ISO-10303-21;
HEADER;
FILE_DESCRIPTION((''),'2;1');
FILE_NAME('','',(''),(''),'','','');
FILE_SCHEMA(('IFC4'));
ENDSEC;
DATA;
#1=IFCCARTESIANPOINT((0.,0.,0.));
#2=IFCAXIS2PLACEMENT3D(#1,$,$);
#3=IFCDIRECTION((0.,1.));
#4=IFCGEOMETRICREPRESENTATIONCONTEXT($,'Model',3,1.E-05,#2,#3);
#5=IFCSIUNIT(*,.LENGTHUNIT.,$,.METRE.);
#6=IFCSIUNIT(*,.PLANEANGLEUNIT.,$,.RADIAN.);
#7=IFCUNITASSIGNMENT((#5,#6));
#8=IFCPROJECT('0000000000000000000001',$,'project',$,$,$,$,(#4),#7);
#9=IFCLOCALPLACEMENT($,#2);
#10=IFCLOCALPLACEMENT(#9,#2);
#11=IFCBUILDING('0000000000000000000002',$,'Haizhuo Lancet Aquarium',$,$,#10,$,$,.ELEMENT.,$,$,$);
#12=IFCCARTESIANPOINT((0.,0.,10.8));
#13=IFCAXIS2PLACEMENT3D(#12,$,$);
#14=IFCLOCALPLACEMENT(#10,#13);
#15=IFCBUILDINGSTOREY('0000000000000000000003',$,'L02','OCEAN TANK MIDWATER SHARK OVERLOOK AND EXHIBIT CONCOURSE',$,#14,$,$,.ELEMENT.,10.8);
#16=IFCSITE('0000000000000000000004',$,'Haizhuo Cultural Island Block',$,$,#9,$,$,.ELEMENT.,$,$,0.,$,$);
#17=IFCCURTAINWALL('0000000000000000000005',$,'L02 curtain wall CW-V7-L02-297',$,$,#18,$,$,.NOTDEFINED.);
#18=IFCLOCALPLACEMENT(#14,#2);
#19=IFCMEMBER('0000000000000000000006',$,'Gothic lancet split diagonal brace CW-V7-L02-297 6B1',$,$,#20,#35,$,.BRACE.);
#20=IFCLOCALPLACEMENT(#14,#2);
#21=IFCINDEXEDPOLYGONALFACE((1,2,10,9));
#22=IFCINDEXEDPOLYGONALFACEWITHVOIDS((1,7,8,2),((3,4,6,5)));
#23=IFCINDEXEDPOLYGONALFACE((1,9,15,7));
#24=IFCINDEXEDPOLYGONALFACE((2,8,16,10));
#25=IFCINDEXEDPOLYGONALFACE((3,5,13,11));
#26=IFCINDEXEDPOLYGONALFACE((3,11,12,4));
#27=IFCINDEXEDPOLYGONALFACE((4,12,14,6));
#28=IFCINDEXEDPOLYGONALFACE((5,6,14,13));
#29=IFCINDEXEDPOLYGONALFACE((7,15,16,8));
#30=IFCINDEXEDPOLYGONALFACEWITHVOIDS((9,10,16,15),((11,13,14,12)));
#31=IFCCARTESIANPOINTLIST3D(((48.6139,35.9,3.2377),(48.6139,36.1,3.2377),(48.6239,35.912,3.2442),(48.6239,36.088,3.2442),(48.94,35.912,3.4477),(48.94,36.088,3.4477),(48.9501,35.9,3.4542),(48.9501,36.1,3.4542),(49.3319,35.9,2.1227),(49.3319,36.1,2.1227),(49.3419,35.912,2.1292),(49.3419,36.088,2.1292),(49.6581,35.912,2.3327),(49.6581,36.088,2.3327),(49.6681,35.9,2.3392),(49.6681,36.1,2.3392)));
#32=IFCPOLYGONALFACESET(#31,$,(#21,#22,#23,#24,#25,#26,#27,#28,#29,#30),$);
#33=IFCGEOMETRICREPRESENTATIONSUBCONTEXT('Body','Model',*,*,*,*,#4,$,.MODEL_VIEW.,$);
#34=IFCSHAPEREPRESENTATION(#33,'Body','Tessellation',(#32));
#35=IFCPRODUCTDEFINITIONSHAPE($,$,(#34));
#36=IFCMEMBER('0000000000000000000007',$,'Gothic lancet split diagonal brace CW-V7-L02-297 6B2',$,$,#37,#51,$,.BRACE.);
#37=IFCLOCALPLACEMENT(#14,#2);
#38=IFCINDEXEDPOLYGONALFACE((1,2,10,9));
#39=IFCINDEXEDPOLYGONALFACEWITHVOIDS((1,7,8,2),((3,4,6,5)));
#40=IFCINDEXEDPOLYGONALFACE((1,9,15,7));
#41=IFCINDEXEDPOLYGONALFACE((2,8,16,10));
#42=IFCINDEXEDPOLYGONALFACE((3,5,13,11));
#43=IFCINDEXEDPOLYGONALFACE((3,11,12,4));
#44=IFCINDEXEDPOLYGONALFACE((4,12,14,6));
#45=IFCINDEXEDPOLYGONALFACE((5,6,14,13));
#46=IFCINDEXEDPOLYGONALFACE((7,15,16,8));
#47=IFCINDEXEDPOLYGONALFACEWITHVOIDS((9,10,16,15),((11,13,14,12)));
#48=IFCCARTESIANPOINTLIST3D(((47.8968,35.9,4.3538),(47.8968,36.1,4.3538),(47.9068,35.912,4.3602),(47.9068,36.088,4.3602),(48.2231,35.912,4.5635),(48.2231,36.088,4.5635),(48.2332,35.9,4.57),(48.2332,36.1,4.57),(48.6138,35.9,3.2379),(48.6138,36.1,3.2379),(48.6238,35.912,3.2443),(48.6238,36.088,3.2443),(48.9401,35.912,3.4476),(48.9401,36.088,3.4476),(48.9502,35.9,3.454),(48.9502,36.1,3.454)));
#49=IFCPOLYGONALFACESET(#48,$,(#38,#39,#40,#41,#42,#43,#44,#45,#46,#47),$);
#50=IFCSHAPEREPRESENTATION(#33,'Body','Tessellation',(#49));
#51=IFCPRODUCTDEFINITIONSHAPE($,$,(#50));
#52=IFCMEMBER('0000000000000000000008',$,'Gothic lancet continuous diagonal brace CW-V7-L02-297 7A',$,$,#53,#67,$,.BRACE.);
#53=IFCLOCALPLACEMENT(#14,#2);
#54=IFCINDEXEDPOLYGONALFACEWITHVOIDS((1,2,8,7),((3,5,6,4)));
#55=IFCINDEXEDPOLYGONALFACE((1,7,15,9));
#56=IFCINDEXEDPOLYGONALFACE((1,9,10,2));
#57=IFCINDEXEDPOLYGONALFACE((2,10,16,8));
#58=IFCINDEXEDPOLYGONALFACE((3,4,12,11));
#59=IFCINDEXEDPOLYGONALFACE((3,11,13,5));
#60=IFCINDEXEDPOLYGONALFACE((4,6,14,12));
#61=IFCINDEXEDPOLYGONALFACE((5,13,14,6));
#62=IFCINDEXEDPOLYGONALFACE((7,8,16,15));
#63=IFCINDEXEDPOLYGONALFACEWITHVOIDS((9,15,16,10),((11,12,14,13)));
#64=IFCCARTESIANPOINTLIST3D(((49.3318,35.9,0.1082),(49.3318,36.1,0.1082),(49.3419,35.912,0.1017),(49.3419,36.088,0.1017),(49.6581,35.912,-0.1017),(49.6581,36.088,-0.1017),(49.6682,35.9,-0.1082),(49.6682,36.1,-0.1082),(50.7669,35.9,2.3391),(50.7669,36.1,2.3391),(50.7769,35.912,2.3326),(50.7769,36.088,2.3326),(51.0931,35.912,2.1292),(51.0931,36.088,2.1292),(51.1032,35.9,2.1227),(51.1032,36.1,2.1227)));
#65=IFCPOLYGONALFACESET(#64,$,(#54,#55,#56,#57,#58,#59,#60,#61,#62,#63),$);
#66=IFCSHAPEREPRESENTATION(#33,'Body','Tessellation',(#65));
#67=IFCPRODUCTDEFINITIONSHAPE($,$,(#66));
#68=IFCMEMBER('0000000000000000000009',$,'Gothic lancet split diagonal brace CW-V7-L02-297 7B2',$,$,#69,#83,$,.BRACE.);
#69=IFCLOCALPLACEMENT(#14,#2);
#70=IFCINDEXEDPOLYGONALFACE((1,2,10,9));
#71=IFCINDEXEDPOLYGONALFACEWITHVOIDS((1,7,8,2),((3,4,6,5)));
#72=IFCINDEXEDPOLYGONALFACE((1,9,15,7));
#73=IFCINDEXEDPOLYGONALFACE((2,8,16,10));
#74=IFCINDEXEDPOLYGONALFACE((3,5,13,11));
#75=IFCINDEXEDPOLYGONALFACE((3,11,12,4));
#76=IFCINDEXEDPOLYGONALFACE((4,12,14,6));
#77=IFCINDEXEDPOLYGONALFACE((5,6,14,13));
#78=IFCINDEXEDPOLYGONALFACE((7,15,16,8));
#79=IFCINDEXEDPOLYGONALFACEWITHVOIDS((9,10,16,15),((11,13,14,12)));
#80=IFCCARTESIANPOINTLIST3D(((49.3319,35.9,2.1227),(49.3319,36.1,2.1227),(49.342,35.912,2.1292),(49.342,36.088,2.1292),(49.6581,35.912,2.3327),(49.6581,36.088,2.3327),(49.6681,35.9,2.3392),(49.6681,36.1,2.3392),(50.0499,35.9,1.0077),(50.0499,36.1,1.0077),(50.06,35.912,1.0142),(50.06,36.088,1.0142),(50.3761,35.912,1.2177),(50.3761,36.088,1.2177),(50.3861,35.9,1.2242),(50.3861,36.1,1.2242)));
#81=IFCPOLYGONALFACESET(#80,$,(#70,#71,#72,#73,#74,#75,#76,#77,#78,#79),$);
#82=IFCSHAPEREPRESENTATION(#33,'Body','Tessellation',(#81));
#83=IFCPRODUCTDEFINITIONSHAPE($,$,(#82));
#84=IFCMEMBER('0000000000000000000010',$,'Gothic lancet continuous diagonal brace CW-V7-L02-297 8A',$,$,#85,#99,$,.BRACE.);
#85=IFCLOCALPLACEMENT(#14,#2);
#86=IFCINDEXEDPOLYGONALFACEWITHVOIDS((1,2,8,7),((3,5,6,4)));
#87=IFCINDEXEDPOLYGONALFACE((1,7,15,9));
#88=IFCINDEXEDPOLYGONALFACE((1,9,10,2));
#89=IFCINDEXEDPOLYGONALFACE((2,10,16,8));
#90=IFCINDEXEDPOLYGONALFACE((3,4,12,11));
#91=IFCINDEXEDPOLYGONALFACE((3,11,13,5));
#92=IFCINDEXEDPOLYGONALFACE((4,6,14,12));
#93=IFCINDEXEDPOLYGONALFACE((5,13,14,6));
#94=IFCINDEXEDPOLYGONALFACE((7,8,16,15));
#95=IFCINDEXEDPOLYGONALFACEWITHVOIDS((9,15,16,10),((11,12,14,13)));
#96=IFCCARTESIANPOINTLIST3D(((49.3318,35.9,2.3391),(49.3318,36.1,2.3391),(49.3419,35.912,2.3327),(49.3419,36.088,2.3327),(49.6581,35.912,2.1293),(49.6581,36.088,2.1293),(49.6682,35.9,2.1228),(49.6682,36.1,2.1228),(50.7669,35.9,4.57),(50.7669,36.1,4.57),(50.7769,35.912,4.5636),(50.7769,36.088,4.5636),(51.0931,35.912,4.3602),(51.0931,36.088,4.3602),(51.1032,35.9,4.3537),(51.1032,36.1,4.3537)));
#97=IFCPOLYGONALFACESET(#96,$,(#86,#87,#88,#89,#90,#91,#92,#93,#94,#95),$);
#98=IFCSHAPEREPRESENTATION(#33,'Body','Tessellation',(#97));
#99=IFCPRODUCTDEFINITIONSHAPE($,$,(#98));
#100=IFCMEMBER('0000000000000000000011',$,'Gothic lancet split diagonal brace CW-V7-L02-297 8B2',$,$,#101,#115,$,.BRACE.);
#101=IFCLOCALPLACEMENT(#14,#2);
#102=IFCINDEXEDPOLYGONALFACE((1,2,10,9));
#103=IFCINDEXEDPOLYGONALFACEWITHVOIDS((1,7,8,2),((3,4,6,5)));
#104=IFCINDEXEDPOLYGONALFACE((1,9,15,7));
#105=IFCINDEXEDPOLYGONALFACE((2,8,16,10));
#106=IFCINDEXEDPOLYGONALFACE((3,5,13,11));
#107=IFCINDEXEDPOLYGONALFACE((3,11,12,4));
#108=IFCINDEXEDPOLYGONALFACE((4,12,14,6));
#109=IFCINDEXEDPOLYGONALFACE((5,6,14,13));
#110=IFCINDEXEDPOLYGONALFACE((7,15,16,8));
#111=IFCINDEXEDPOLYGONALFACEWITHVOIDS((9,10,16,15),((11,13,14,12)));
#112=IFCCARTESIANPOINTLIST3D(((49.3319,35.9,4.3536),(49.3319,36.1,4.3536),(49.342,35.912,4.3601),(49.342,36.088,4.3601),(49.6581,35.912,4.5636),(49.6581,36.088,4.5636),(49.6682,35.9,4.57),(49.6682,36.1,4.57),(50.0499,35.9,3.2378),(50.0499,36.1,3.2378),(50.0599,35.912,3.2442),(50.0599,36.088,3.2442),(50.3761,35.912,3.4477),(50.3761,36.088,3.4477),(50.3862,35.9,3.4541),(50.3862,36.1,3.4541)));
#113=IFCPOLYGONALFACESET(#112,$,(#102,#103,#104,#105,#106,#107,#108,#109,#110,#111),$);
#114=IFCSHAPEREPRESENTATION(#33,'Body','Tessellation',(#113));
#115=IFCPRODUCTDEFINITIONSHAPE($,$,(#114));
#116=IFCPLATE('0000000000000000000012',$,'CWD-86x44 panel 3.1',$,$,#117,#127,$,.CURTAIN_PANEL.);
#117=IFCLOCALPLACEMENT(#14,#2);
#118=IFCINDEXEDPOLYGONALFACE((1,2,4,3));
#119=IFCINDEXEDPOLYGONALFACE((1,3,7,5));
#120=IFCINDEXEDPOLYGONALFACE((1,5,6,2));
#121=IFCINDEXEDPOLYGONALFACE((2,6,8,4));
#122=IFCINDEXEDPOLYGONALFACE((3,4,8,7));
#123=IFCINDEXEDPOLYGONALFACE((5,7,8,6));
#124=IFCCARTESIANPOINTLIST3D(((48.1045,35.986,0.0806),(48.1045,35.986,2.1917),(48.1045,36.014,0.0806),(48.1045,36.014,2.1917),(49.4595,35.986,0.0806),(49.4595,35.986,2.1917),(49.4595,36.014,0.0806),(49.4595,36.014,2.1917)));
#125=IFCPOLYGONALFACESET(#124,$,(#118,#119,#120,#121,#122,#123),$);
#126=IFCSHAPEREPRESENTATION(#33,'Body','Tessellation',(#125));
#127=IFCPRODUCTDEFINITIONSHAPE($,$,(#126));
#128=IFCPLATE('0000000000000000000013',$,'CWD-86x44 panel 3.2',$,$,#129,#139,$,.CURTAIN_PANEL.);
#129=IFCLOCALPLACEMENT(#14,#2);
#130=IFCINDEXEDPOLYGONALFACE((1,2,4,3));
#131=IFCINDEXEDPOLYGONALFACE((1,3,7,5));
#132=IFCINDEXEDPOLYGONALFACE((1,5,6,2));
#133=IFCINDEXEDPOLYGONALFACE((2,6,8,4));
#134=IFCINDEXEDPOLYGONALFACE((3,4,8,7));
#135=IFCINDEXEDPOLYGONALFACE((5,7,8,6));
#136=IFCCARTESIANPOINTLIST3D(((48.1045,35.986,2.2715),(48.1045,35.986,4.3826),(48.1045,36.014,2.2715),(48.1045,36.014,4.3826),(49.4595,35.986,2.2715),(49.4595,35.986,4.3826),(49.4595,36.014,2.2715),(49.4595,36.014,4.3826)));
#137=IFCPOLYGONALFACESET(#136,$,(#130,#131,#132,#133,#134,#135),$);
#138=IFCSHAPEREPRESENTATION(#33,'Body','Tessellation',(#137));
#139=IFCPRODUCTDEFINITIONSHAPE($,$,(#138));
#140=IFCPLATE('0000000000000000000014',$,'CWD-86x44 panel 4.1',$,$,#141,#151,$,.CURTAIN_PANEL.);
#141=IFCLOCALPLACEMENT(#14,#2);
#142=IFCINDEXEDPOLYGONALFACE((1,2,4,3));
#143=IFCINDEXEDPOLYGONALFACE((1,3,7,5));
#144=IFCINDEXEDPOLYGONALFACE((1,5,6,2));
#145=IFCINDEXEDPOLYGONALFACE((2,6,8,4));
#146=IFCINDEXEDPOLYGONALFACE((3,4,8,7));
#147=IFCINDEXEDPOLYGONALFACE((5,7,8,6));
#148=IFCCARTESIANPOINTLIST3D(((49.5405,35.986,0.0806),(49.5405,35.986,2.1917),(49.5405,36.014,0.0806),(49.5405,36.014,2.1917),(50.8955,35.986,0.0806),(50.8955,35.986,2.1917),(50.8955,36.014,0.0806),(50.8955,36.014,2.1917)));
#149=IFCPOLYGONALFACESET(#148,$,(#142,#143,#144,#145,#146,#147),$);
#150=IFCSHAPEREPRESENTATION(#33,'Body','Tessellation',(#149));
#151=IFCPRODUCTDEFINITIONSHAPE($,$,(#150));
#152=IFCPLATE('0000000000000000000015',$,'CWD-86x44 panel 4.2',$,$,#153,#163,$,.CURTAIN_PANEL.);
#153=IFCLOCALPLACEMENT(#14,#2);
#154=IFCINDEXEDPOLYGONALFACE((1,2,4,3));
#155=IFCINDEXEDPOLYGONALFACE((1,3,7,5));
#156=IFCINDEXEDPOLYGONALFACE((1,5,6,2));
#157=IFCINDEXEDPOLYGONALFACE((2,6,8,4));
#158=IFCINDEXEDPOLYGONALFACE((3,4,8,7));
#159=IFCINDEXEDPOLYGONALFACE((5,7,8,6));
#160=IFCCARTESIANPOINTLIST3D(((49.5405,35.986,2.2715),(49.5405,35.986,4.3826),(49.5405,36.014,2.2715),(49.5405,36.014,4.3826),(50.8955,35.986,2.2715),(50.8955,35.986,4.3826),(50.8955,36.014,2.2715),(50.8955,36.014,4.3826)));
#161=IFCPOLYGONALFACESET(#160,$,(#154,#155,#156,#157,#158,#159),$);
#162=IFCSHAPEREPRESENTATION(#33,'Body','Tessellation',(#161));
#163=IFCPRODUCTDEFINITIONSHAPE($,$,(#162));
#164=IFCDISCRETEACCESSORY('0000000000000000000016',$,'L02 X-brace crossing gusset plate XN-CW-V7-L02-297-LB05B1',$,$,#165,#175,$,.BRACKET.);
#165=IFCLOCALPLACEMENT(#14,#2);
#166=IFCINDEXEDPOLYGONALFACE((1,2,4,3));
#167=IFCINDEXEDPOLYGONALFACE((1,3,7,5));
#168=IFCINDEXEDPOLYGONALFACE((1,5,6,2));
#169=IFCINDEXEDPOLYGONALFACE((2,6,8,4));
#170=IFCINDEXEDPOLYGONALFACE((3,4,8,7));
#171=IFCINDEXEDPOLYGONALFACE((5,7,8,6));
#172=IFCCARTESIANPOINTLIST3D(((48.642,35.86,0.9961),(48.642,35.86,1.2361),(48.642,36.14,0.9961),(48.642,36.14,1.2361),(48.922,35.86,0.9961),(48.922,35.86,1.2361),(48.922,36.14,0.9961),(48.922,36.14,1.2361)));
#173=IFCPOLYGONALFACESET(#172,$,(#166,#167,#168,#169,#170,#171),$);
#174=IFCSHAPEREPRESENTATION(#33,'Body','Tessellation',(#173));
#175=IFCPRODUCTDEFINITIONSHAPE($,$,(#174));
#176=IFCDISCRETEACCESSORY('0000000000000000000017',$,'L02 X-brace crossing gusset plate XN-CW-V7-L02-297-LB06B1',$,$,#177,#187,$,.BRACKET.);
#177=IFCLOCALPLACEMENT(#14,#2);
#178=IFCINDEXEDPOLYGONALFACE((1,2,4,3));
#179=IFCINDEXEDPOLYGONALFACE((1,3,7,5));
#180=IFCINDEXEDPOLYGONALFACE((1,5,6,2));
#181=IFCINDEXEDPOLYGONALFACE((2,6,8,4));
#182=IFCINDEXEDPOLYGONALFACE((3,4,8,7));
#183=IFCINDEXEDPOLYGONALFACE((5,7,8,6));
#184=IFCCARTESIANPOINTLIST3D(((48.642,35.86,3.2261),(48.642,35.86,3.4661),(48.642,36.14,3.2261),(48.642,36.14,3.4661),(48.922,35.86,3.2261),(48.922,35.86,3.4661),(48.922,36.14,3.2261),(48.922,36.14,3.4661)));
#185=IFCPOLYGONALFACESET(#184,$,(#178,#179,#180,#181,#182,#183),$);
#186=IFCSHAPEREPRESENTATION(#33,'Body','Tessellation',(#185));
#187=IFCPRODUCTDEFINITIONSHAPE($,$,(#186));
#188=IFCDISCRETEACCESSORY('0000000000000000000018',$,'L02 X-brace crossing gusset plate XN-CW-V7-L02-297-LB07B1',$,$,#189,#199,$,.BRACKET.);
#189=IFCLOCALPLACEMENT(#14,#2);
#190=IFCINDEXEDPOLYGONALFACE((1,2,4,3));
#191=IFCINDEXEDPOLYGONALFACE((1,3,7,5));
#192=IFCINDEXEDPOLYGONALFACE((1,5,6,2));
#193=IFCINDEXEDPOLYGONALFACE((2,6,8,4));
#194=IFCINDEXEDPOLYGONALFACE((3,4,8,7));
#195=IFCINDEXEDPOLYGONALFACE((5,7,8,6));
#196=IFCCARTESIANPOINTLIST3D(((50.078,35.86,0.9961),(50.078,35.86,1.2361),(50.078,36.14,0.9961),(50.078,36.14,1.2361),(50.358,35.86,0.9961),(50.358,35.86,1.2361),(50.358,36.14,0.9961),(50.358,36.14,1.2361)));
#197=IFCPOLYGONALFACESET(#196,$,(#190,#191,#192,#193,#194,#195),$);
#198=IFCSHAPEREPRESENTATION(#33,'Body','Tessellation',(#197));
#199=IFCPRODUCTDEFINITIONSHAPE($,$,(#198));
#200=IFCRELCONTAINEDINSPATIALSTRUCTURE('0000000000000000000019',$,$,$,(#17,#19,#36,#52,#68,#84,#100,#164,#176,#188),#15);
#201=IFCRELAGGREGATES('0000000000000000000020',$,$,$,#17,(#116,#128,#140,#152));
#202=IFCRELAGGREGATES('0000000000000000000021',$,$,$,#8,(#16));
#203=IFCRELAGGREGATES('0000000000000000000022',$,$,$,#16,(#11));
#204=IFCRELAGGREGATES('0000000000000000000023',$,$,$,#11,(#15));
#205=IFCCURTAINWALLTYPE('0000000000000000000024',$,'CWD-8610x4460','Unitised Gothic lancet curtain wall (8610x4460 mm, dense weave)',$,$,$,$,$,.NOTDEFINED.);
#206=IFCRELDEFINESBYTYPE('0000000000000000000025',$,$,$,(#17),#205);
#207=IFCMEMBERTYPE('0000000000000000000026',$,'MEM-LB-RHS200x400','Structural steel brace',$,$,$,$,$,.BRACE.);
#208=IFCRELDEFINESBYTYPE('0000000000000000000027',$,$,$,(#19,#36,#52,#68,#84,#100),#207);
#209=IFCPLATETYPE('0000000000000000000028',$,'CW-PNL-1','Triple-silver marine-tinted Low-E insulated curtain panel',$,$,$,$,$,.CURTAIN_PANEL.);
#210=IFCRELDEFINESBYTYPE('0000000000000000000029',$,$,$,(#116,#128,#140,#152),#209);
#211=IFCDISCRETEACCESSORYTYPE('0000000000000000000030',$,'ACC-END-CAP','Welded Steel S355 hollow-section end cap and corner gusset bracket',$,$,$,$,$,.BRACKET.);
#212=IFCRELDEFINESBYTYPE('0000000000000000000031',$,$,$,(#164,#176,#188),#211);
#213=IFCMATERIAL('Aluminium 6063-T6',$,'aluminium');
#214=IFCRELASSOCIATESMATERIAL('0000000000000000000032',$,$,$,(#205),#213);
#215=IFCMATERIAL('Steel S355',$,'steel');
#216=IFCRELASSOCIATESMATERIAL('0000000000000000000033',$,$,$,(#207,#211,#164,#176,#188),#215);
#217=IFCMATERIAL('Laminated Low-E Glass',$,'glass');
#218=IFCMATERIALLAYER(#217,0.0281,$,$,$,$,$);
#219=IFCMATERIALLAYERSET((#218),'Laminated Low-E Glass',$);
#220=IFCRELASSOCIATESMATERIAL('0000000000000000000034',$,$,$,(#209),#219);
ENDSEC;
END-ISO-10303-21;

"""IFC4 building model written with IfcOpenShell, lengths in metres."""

from ifc_helpers import new_model, si_unit, direction, frame, origin, origin_2d, place, context, subcontext, project, spatial, rectangle, hollow_rectangle, extrude, material, layer, layer_set, material_profile, profile_set, type_object, element, aggregate, save


model = new_model("IFC4")

# Units and contexts
model_context = context("Model", 3, precision=1e-05, world=origin(), true_north=direction((0.0, 1.0)))
body_context = subcontext(model_context, "Body", "Model", "MODEL_VIEW")
ifc_project = project(units=[si_unit("LENGTHUNIT", "METRE"), si_unit("PLANEANGLEUNIT", "RADIAN")], contexts=[model_context])

# Site, building, storey
site_placement = place(None, origin())
site = spatial("IfcSite", under=ifc_project, at=site_placement, Name="Haizhuo Cultural Island Block", CompositionType="ELEMENT", RefElevation=0.0)
building_placement = place(site_placement, origin())
building = spatial("IfcBuilding", under=site, at=building_placement, Name="Haizhuo Lancet Aquarium", CompositionType="ELEMENT")
storey_placement = place(building_placement, frame((0.0, 0.0, 10.8)))
storey = spatial("IfcBuildingStorey", under=building, at=storey_placement, Name="L02", Description="OCEAN TANK MIDWATER SHARK OVERLOOK AND EXHIBIT CONCOURSE", CompositionType="ELEMENT", Elevation=10.8)

# Curtain wall
ifc_material_1 = material(Name="Aluminium 6063-T6", Category="aluminium")
curtain_wall_type = type_object("IfcCurtainWallType", Name="CWD-8610x4460", Description="Unitised Gothic lancet curtain wall (8610x4460 mm, dense weave)", PredefinedType="NOTDEFINED", material=ifc_material_1)
curtain_wall_placement = place(storey_placement, origin())
curtain_wall = element("IfcCurtainWall", 1, at=curtain_wall_placement, inside=storey, type_object=curtain_wall_type, Name="L02 curtain wall CW-V7-L02-297", PredefinedType="NOTDEFINED")

# Members
ifc_material_2 = material(Name="Steel S355", Category="steel")
ifc_material_profile_1 = material_profile(ifc_material_2, hollow_rectangle(XDim=0.2, YDim=0.3999, WallThickness=0.012, at=origin_2d()), Name="RHS 200x400x12")
ifc_profile_set_1 = profile_set([ifc_material_profile_1], Name="Steel S355")
member_type_1 = type_object("IfcMemberType", Name="MEM-LB-RHS200x400", Description="Structural steel brace", PredefinedType="BRACE", material=ifc_profile_set_1)
member_1_placement = place(storey_placement, frame((49.5, 36.0, 2.231), z_axis=(-0.541418, 0.0, 0.840754), x_axis=(0.0, -1.0, 0.0)))
element("IfcMember", 2, at=member_1_placement, inside=storey, type_object=member_type_1, Name="Gothic lancet split diagonal brace CW-V7-L02-297 6B1", PredefinedType="BRACE", context=body_context, shape_type="SweptSolid", body=[
    extrude(hollow_rectangle(XDim=0.2, YDim=0.3999, WallThickness=0.012, at=origin_2d()), origin(), (0.0, 0.0, 1.0), 1.3262),
])
member_2_placement = place(storey_placement, frame((48.782, 36.0, 3.3459), z_axis=(-0.540562, 0.0, 0.841304), x_axis=(0.0, -1.0, 0.0)))
element("IfcMember", 3, at=member_2_placement, inside=storey, type_object=member_type_1, Name="Gothic lancet split diagonal brace CW-V7-L02-297 6B2", PredefinedType="BRACE", context=body_context, shape_type="SweptSolid", body=[
    extrude(hollow_rectangle(XDim=0.2, YDim=0.3999, WallThickness=0.012, at=origin_2d()), origin(), (0.0, 0.0, 1.0), 1.3264),
])
member_3_placement = place(storey_placement, frame((49.5, 36.0, 0.0), z_axis=(0.54099, 0.0, 0.841029), x_axis=(0.0, 1.0, 0.0)))
element("IfcMember", 4, at=member_3_placement, inside=storey, type_object=member_type_1, Name="Gothic lancet continuous diagonal brace CW-V7-L02-297 7A", PredefinedType="BRACE", context=body_context, shape_type="SweptSolid", body=[
    extrude(hollow_rectangle(XDim=0.2, YDim=0.3999, WallThickness=0.012, at=origin_2d()), origin(), (0.0, 0.0, 1.0), 2.6526),
])
member_4_placement = place(storey_placement, frame((50.218, 36.0, 1.116), z_axis=(-0.541418, 0.0, 0.840754), x_axis=(0.0, -1.0, 0.0)))
element("IfcMember", 5, at=member_4_placement, inside=storey, type_object=member_type_1, Name="Gothic lancet split diagonal brace CW-V7-L02-297 7B2", PredefinedType="BRACE", context=body_context, shape_type="SweptSolid", body=[
    extrude(hollow_rectangle(XDim=0.2, YDim=0.3999, WallThickness=0.012, at=origin_2d()), origin(), (0.0, 0.0, 1.0), 1.3262),
])
member_5_placement = place(storey_placement, frame((49.5, 36.0, 2.231), z_axis=(0.54099, 0.0, 0.841029), x_axis=(0.0, 1.0, 0.0)))
element("IfcMember", 6, at=member_5_placement, inside=storey, type_object=member_type_1, Name="Gothic lancet continuous diagonal brace CW-V7-L02-297 8A", PredefinedType="BRACE", context=body_context, shape_type="SweptSolid", body=[
    extrude(hollow_rectangle(XDim=0.2, YDim=0.3999, WallThickness=0.012, at=origin_2d()), origin(), (0.0, 0.0, 1.0), 2.6526),
])
member_6_placement = place(storey_placement, frame((50.218, 36.0, 3.3459), z_axis=(-0.541083, 0.0, 0.840969), x_axis=(0.0, -1.0, 0.0)))
element("IfcMember", 7, at=member_6_placement, inside=storey, type_object=member_type_1, Name="Gothic lancet split diagonal brace CW-V7-L02-297 8B2", PredefinedType="BRACE", context=body_context, shape_type="SweptSolid", body=[
    extrude(hollow_rectangle(XDim=0.2, YDim=0.3999, WallThickness=0.012, at=origin_2d()), origin(), (0.0, 0.0, 1.0), 1.3269),
])

# Plates
ifc_material_3 = material(Name="Laminated Low-E Glass", Category="glass")
ifc_layer = layer(ifc_material_3, 0.0281)
ifc_layer_set = layer_set([ifc_layer], Name="Laminated Low-E Glass")
plate_type = type_object("IfcPlateType", Name="CW-PNL-1", Description="Triple-silver marine-tinted Low-E insulated curtain panel", PredefinedType="CURTAIN_PANEL", material=ifc_layer_set)
plate_1_placement = place(storey_placement, frame((48.782, 36.0, 0.0806), z_axis=(0.0, 0.0, 1.0), x_axis=(1.0, 0.0, 0.0)))
plate_1 = element("IfcPlate", 8, at=plate_1_placement, type_object=plate_type, Name="CWD-86x44 panel 3.1", PredefinedType="CURTAIN_PANEL", context=body_context, shape_type="SweptSolid", body=[
    extrude(rectangle(XDim=1.355, YDim=0.0281, at=origin_2d()), origin(), (0.0, 0.0, 1.0), 2.1111),
])
plate_2_placement = place(storey_placement, frame((48.782, 36.0, 2.2715), z_axis=(0.0, 0.0, 1.0), x_axis=(1.0, 0.0, 0.0)))
plate_2 = element("IfcPlate", 9, at=plate_2_placement, type_object=plate_type, Name="CWD-86x44 panel 3.2", PredefinedType="CURTAIN_PANEL", context=body_context, shape_type="SweptSolid", body=[
    extrude(rectangle(XDim=1.355, YDim=0.0281, at=origin_2d()), origin(), (0.0, 0.0, 1.0), 2.1111),
])
plate_3_placement = place(storey_placement, frame((50.218, 36.0, 0.0806), z_axis=(0.0, 0.0, 1.0), x_axis=(1.0, 0.0, 0.0)))
plate_3 = element("IfcPlate", 10, at=plate_3_placement, type_object=plate_type, Name="CWD-86x44 panel 4.1", PredefinedType="CURTAIN_PANEL", context=body_context, shape_type="SweptSolid", body=[
    extrude(rectangle(XDim=1.355, YDim=0.0281, at=origin_2d()), origin(), (0.0, 0.0, 1.0), 2.1111),
])
plate_4_placement = place(storey_placement, frame((50.218, 36.0, 2.2715), z_axis=(0.0, 0.0, 1.0), x_axis=(1.0, 0.0, 0.0)))
plate_4 = element("IfcPlate", 11, at=plate_4_placement, type_object=plate_type, Name="CWD-86x44 panel 4.2", PredefinedType="CURTAIN_PANEL", context=body_context, shape_type="SweptSolid", body=[
    extrude(rectangle(XDim=1.355, YDim=0.0281, at=origin_2d()), origin(), (0.0, 0.0, 1.0), 2.1111),
])
aggregate(curtain_wall, [plate_1, plate_2, plate_3, plate_4])

# Discrete accessories
discrete_accessory_type = type_object("IfcDiscreteAccessoryType", Name="ACC-END-CAP", Description="Welded Steel S355 hollow-section end cap and corner gusset bracket", PredefinedType="BRACKET", material=ifc_material_2)
for number, where, z_axis, x_axis, name in (
    (12, (48.782, 36.0, 0.9961), (0.0, 0.0, 1.0), (1.0, 0.0, 0.0), "L02 X-brace crossing gusset plate XN-CW-V7-L02-297-LB05B1"),
    (13, (48.782, 36.0, 3.2261), (0.0, 0.0, 1.0), (1.0, 0.0, 0.0), "L02 X-brace crossing gusset plate XN-CW-V7-L02-297-LB06B1"),
    (14, (50.218, 36.0, 0.9961), (0.0, 0.0, 1.0), (1.0, 0.0, 0.0), "L02 X-brace crossing gusset plate XN-CW-V7-L02-297-LB07B1"),
):
    element("IfcDiscreteAccessory", number, at=place(storey_placement, frame(where, z_axis=z_axis, x_axis=x_axis)), inside=storey, type_object=discrete_accessory_type, material=ifc_material_2, Name=name, PredefinedType="BRACKET", context=body_context, shape_type="SweptSolid", body=[
        extrude(rectangle(XDim=0.28, YDim=0.28, at=origin_2d()), origin(), (0.0, 0.0, 1.0), 0.24),
    ])

save(model, "model.ifc")
